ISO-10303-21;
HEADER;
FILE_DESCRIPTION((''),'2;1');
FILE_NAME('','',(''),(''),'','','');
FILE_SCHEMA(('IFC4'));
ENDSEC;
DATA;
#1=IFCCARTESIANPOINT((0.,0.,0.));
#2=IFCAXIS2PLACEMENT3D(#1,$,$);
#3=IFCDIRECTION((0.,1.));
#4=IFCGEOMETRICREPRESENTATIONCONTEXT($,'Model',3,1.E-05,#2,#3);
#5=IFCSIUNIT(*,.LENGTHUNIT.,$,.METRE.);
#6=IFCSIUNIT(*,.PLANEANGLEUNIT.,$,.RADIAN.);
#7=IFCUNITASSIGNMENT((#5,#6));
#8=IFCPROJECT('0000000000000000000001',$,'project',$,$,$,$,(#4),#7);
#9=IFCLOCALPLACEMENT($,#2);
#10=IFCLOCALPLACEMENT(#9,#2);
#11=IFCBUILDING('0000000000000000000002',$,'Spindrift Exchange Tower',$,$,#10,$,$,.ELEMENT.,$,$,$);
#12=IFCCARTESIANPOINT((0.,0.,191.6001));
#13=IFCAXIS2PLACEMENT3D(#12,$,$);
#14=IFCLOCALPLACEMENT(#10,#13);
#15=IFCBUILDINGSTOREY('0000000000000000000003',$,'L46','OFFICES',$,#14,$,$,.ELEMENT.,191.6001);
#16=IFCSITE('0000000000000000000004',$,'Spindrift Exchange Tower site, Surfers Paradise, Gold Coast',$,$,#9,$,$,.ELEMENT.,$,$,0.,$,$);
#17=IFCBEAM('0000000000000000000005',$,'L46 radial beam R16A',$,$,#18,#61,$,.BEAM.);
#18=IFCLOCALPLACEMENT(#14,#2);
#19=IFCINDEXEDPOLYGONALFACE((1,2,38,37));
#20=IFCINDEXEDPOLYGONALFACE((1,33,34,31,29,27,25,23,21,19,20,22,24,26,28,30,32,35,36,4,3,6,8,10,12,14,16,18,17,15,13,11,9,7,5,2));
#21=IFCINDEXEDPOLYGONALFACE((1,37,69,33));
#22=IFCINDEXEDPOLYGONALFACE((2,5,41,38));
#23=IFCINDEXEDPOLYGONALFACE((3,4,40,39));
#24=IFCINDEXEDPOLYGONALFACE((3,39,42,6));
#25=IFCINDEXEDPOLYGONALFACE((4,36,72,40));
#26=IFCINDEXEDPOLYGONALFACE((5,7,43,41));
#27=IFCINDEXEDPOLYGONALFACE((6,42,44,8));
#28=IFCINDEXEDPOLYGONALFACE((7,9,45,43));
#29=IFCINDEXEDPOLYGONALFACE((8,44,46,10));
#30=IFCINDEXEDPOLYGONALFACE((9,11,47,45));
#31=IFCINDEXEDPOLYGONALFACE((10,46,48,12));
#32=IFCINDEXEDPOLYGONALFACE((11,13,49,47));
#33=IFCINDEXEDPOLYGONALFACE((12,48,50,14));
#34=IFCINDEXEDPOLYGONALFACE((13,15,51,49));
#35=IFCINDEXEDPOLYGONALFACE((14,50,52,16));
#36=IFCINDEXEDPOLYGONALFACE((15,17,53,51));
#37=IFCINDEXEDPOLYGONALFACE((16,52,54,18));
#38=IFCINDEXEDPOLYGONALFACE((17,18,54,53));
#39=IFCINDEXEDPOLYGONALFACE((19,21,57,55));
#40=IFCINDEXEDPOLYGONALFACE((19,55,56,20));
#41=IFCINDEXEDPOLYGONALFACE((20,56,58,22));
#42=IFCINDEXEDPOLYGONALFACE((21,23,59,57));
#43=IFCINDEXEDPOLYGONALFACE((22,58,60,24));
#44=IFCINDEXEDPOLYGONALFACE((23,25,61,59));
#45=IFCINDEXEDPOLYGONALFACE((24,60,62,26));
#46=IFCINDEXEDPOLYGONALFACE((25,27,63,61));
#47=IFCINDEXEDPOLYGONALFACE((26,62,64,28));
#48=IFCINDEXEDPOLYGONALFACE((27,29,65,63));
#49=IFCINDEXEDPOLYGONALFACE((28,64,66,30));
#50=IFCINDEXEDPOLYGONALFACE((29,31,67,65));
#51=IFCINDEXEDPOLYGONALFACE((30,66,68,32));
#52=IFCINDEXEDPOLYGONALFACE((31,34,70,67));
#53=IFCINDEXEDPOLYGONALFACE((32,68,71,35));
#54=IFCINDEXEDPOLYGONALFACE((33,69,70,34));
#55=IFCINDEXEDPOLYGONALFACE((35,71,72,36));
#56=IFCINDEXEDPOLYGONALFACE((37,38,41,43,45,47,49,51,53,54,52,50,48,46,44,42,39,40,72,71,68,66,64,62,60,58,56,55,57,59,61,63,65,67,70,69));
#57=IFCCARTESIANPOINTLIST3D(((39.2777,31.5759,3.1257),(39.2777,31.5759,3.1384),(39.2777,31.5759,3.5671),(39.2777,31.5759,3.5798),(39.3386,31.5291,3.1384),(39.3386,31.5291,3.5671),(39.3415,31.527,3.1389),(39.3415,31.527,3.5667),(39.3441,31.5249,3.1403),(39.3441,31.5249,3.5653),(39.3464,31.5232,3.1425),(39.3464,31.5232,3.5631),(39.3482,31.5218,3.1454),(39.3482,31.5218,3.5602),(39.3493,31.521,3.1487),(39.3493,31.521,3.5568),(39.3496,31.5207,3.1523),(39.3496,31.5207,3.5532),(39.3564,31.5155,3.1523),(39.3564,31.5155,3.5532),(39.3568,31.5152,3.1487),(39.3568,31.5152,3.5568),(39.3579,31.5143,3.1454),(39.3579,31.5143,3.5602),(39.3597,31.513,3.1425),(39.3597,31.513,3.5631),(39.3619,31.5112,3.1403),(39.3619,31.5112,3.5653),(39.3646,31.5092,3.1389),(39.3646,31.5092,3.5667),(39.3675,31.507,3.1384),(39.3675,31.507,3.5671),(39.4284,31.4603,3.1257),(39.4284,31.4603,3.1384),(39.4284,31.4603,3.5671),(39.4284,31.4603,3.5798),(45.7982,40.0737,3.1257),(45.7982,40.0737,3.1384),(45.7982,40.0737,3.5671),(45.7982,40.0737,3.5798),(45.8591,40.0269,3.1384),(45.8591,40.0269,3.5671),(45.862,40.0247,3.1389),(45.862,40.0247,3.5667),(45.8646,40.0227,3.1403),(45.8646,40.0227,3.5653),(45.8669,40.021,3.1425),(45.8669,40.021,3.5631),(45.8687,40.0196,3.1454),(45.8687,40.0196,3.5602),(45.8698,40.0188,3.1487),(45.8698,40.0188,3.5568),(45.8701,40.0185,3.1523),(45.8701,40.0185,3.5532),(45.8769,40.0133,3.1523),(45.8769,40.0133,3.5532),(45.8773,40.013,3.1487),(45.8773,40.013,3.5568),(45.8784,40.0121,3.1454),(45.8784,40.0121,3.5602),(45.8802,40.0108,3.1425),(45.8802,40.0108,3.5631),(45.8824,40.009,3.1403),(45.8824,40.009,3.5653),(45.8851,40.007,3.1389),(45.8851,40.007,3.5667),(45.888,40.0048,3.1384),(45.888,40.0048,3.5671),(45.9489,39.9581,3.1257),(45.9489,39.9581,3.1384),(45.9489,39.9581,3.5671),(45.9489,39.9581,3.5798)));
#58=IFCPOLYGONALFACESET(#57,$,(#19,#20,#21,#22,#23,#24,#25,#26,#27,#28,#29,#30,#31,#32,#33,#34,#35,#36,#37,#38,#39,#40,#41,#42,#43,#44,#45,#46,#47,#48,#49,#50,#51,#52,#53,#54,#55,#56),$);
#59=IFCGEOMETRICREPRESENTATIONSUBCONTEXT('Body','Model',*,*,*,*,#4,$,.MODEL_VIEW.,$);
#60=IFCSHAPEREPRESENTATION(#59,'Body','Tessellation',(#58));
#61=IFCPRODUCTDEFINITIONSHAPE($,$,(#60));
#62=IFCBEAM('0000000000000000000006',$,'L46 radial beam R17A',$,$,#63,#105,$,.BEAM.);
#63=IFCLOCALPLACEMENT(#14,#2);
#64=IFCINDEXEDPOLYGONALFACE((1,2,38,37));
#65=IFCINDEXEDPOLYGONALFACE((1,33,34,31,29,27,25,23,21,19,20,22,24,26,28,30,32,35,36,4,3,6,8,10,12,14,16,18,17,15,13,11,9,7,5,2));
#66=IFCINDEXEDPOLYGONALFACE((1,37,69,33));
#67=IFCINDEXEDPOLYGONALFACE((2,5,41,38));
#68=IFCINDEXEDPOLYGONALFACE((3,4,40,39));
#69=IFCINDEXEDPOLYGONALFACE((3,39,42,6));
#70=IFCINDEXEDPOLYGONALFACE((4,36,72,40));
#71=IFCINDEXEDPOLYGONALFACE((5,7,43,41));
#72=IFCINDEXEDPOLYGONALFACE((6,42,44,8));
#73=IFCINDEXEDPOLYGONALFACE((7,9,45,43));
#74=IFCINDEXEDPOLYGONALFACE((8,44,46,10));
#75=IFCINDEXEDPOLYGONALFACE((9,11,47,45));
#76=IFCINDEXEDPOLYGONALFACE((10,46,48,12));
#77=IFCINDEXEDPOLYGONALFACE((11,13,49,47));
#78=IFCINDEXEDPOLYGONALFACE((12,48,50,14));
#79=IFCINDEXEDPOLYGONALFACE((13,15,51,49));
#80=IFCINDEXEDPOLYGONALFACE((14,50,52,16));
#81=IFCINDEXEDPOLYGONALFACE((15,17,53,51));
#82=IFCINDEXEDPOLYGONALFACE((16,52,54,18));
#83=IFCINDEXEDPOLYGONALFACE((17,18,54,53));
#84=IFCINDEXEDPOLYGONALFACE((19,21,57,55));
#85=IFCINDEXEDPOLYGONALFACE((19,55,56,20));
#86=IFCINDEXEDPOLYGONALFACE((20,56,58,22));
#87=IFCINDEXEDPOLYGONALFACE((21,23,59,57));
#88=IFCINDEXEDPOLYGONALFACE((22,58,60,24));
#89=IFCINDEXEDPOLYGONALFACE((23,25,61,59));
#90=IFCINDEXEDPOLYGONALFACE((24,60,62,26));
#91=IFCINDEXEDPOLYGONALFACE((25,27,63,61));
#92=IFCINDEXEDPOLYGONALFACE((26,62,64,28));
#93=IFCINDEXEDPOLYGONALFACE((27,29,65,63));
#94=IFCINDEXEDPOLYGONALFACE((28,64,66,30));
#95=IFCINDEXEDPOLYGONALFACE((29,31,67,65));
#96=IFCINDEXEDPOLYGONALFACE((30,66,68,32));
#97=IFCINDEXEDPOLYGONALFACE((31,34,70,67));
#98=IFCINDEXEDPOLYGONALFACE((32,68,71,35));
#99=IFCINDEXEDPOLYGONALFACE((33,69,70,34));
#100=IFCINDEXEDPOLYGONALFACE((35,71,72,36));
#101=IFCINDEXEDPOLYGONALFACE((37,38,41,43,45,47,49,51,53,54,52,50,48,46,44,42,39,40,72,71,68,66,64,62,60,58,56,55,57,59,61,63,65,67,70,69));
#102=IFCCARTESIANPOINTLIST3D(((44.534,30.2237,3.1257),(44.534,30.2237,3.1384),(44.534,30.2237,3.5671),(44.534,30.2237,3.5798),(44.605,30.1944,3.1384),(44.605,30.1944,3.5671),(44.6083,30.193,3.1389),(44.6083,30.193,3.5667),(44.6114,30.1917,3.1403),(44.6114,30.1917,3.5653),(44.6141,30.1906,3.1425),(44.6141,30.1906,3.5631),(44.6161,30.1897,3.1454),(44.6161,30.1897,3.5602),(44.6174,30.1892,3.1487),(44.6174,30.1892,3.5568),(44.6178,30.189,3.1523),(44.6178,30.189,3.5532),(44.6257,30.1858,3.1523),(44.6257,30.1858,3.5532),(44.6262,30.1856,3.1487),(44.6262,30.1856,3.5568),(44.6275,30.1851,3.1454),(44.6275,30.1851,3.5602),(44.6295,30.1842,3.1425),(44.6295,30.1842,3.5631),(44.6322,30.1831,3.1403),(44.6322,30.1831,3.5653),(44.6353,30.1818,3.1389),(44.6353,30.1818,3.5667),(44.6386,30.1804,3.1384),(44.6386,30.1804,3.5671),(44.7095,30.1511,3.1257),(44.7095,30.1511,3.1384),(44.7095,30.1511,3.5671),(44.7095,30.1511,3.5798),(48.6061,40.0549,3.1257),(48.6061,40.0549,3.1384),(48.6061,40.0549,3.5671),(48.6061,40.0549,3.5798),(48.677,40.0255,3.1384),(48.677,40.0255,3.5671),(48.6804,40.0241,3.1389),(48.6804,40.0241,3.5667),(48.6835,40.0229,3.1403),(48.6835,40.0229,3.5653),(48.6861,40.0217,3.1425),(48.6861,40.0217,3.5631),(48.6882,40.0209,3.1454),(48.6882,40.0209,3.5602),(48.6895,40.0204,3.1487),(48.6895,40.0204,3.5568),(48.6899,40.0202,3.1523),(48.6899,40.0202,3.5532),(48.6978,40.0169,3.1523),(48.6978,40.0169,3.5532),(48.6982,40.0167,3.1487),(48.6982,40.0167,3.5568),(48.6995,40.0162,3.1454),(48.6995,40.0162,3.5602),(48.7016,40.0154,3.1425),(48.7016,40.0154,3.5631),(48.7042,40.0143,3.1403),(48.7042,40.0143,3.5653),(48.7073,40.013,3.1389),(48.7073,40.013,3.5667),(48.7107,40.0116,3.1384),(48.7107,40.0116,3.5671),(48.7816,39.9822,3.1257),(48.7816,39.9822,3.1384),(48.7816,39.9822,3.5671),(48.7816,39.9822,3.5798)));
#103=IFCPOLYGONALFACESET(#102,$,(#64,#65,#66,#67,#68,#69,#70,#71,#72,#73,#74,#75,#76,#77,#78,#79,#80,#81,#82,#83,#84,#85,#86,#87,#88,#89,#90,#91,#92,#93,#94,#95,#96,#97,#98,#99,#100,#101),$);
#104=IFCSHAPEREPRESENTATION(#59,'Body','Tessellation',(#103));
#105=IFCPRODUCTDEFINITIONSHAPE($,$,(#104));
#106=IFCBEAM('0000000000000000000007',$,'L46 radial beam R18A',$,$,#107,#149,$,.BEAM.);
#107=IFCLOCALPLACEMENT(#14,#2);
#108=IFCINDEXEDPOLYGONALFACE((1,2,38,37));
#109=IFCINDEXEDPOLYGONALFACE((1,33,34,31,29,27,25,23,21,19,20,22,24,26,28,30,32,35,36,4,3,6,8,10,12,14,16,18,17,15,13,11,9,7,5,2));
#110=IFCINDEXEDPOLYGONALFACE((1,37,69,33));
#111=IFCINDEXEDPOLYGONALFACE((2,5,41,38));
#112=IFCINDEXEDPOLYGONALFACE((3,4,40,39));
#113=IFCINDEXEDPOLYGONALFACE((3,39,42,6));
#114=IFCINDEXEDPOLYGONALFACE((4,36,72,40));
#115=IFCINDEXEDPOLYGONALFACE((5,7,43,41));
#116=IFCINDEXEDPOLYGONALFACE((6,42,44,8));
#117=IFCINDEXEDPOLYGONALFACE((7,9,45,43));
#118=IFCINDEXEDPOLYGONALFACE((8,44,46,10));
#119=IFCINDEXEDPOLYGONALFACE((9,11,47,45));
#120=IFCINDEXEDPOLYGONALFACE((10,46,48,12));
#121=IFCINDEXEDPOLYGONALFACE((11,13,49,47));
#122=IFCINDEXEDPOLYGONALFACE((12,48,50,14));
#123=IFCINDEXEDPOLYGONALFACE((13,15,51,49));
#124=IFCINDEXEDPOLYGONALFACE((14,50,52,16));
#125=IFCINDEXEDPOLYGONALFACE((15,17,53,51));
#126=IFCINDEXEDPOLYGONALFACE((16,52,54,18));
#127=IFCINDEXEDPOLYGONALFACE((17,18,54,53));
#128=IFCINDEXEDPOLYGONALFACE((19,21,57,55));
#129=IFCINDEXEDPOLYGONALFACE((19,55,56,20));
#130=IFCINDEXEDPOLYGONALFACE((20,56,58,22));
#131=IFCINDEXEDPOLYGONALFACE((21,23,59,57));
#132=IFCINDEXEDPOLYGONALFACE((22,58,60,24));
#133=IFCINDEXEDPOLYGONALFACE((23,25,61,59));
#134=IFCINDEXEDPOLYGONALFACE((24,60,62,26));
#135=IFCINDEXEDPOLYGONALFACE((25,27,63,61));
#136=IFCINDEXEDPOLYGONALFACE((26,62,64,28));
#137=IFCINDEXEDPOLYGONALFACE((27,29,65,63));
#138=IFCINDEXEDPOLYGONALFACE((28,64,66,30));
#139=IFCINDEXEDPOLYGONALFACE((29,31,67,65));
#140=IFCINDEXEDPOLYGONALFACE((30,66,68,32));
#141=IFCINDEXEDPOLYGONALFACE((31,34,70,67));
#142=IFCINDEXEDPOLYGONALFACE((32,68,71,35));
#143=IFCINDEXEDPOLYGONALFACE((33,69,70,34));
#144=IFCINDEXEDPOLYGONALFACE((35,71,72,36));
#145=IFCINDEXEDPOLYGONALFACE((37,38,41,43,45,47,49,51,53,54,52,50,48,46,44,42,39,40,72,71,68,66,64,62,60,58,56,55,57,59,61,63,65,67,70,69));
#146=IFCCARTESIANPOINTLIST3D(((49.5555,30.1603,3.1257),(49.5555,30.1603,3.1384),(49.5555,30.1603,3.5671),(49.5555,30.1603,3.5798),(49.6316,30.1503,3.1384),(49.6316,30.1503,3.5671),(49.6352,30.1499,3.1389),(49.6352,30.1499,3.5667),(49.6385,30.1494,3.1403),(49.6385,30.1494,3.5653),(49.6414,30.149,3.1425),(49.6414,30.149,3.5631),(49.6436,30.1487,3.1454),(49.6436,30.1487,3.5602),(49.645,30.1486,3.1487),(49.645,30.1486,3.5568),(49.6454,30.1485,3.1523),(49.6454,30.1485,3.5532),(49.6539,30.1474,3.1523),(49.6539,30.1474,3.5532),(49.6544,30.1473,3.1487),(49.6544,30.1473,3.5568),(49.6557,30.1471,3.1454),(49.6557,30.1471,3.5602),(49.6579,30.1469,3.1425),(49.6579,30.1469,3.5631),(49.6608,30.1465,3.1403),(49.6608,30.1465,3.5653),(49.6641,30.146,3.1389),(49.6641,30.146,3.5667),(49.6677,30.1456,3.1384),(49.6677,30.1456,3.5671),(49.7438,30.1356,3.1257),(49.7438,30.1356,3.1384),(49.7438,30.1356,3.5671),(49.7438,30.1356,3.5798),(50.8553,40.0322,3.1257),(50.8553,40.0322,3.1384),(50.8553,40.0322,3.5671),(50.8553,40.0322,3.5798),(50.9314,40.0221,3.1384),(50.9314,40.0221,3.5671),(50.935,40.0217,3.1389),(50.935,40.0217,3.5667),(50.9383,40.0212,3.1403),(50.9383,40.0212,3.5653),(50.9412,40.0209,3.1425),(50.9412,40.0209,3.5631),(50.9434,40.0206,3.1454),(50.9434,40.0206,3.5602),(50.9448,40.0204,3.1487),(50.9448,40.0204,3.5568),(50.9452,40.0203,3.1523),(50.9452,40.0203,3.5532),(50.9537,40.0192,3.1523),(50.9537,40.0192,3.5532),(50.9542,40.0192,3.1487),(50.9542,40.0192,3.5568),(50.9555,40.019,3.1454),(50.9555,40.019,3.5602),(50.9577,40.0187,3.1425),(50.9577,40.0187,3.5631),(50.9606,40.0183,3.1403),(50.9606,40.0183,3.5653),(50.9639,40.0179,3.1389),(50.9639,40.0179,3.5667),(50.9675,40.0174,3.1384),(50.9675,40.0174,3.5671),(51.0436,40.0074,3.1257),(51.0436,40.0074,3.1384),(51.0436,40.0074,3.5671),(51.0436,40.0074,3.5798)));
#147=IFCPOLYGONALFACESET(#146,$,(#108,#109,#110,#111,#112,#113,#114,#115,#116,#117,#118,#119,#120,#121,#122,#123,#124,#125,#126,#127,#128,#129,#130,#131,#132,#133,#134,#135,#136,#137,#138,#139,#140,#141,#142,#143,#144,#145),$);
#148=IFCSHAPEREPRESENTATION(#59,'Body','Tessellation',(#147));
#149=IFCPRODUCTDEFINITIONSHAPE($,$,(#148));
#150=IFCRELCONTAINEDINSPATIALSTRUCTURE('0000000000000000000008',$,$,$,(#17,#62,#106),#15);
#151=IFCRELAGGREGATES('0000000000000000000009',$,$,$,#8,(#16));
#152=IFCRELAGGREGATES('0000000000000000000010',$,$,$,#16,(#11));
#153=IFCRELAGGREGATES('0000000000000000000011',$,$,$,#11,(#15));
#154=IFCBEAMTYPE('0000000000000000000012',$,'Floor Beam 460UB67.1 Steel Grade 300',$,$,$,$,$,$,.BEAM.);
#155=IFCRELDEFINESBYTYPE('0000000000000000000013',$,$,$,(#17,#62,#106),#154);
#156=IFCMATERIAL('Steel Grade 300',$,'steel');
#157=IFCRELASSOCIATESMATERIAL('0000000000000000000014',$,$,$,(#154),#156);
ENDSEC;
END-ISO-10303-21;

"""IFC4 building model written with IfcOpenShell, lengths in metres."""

from ifc_helpers import new_model, si_unit, direction, frame, origin, origin_2d, place, context, subcontext, project, spatial, i_section, extrude, source, transform, mapped, material, material_profile, profile_set, type_object, element, save


model = new_model("IFC4")

# Units and contexts
model_context = context("Model", 3, precision=1e-05, world=origin(), true_north=direction((0.0, 1.0)))
body_context = subcontext(model_context, "Body", "Model", "MODEL_VIEW")
ifc_project = project(units=[si_unit("LENGTHUNIT", "METRE"), si_unit("PLANEANGLEUNIT", "RADIAN")], contexts=[model_context])

# Site, building, storey
site_placement = place(None, origin())
site = spatial("IfcSite", under=ifc_project, at=site_placement, Name="Spindrift Exchange Tower site, Surfers Paradise, Gold Coast", CompositionType="ELEMENT", RefElevation=0.0)
building_placement = place(site_placement, origin())
building = spatial("IfcBuilding", under=site, at=building_placement, Name="Spindrift Exchange Tower", CompositionType="ELEMENT")
storey_placement = place(building_placement, frame((0.0, 0.0, 191.6001)))
storey = spatial("IfcBuildingStorey", under=building, at=storey_placement, Name="L46", Description="OFFICES", CompositionType="ELEMENT", Elevation=191.6001)

# Beams
ifc_material_1 = material(Name="Steel Grade 300", Category="steel")
ifc_material_profile = material_profile(ifc_material_1, i_section(OverallWidth=0.1899, OverallDepth=0.4541, WebThickness=0.0085, FlangeThickness=0.0127, FilletRadius=0.0139, at=origin_2d()), Name="460UB67.1")
ifc_profile_set = profile_set([ifc_material_profile], Name="Steel Grade 300")
beam_type = type_object("IfcBeamType", Name="Floor Beam 460UB67.1 Steel Grade 300", PredefinedType="BEAM", material=ifc_profile_set)
shared_shape_1 = source(origin(), body_context, "Body", "SweptSolid", [
    extrude(i_section(OverallWidth=0.1899, OverallDepth=0.4541, WebThickness=0.0085, FlangeThickness=0.0127, FilletRadius=0.0139, at=origin_2d()), origin(), (0.0, 0.0, 1.0), 10.7112),
])
beam_1_placement = place(storey_placement, frame((45.8735, 40.0159, 3.3528), z_axis=(-0.608756, -0.793357, 0.0), x_axis=(0.793357, -0.608756, 0.0)))
element("IfcBeam", 1, at=beam_1_placement, inside=storey, type_object=beam_type, Name="L46 radial beam R16A", PredefinedType="BEAM", context=body_context, shape_type="MappedRepresentation", body=[
    mapped(shared_shape_1, transform((0.0, 0.0, 0.0), scale=1.0)),
])
shared_shape_2 = source(origin(), body_context, "Body", "SweptSolid", [
    extrude(i_section(OverallWidth=0.1899, OverallDepth=0.4541, WebThickness=0.0085, FlangeThickness=0.0127, FilletRadius=0.0139, at=origin_2d()), origin(), (0.0, 0.0, 1.0), 10.6411),
])
beam_2_placement = place(storey_placement, frame((48.6938, 40.0186, 3.3528), z_axis=(-0.382673, -0.923884, 0.0), x_axis=(0.923884, -0.382673, 0.0)))
element("IfcBeam", 2, at=beam_2_placement, inside=storey, type_object=beam_type, Name="L46 radial beam R17A", PredefinedType="BEAM", context=body_context, shape_type="MappedRepresentation", body=[
    mapped(shared_shape_2, transform((0.0, 0.0, 0.0), scale=1.0)),
])
shared_shape_3 = source(origin(), body_context, "Body", "SweptSolid", [
    extrude(i_section(OverallWidth=0.1899, OverallDepth=0.4541, WebThickness=0.0085, FlangeThickness=0.0127, FilletRadius=0.0139, at=origin_2d()), origin(), (0.0, 0.0, 1.0), 9.957),
])
beam_3_placement = place(storey_placement, frame((50.9495, 40.0198, 3.3528), z_axis=(-0.130541, -0.991443, 0.0), x_axis=(0.991443, -0.130541, 0.0)))
element("IfcBeam", 3, at=beam_3_placement, inside=storey, type_object=beam_type, Name="L46 radial beam R18A", PredefinedType="BEAM", context=body_context, shape_type="MappedRepresentation", body=[
    mapped(shared_shape_3, transform((0.0, 0.0, 0.0), scale=1.0)),
])

save(model, "model.ifc")
